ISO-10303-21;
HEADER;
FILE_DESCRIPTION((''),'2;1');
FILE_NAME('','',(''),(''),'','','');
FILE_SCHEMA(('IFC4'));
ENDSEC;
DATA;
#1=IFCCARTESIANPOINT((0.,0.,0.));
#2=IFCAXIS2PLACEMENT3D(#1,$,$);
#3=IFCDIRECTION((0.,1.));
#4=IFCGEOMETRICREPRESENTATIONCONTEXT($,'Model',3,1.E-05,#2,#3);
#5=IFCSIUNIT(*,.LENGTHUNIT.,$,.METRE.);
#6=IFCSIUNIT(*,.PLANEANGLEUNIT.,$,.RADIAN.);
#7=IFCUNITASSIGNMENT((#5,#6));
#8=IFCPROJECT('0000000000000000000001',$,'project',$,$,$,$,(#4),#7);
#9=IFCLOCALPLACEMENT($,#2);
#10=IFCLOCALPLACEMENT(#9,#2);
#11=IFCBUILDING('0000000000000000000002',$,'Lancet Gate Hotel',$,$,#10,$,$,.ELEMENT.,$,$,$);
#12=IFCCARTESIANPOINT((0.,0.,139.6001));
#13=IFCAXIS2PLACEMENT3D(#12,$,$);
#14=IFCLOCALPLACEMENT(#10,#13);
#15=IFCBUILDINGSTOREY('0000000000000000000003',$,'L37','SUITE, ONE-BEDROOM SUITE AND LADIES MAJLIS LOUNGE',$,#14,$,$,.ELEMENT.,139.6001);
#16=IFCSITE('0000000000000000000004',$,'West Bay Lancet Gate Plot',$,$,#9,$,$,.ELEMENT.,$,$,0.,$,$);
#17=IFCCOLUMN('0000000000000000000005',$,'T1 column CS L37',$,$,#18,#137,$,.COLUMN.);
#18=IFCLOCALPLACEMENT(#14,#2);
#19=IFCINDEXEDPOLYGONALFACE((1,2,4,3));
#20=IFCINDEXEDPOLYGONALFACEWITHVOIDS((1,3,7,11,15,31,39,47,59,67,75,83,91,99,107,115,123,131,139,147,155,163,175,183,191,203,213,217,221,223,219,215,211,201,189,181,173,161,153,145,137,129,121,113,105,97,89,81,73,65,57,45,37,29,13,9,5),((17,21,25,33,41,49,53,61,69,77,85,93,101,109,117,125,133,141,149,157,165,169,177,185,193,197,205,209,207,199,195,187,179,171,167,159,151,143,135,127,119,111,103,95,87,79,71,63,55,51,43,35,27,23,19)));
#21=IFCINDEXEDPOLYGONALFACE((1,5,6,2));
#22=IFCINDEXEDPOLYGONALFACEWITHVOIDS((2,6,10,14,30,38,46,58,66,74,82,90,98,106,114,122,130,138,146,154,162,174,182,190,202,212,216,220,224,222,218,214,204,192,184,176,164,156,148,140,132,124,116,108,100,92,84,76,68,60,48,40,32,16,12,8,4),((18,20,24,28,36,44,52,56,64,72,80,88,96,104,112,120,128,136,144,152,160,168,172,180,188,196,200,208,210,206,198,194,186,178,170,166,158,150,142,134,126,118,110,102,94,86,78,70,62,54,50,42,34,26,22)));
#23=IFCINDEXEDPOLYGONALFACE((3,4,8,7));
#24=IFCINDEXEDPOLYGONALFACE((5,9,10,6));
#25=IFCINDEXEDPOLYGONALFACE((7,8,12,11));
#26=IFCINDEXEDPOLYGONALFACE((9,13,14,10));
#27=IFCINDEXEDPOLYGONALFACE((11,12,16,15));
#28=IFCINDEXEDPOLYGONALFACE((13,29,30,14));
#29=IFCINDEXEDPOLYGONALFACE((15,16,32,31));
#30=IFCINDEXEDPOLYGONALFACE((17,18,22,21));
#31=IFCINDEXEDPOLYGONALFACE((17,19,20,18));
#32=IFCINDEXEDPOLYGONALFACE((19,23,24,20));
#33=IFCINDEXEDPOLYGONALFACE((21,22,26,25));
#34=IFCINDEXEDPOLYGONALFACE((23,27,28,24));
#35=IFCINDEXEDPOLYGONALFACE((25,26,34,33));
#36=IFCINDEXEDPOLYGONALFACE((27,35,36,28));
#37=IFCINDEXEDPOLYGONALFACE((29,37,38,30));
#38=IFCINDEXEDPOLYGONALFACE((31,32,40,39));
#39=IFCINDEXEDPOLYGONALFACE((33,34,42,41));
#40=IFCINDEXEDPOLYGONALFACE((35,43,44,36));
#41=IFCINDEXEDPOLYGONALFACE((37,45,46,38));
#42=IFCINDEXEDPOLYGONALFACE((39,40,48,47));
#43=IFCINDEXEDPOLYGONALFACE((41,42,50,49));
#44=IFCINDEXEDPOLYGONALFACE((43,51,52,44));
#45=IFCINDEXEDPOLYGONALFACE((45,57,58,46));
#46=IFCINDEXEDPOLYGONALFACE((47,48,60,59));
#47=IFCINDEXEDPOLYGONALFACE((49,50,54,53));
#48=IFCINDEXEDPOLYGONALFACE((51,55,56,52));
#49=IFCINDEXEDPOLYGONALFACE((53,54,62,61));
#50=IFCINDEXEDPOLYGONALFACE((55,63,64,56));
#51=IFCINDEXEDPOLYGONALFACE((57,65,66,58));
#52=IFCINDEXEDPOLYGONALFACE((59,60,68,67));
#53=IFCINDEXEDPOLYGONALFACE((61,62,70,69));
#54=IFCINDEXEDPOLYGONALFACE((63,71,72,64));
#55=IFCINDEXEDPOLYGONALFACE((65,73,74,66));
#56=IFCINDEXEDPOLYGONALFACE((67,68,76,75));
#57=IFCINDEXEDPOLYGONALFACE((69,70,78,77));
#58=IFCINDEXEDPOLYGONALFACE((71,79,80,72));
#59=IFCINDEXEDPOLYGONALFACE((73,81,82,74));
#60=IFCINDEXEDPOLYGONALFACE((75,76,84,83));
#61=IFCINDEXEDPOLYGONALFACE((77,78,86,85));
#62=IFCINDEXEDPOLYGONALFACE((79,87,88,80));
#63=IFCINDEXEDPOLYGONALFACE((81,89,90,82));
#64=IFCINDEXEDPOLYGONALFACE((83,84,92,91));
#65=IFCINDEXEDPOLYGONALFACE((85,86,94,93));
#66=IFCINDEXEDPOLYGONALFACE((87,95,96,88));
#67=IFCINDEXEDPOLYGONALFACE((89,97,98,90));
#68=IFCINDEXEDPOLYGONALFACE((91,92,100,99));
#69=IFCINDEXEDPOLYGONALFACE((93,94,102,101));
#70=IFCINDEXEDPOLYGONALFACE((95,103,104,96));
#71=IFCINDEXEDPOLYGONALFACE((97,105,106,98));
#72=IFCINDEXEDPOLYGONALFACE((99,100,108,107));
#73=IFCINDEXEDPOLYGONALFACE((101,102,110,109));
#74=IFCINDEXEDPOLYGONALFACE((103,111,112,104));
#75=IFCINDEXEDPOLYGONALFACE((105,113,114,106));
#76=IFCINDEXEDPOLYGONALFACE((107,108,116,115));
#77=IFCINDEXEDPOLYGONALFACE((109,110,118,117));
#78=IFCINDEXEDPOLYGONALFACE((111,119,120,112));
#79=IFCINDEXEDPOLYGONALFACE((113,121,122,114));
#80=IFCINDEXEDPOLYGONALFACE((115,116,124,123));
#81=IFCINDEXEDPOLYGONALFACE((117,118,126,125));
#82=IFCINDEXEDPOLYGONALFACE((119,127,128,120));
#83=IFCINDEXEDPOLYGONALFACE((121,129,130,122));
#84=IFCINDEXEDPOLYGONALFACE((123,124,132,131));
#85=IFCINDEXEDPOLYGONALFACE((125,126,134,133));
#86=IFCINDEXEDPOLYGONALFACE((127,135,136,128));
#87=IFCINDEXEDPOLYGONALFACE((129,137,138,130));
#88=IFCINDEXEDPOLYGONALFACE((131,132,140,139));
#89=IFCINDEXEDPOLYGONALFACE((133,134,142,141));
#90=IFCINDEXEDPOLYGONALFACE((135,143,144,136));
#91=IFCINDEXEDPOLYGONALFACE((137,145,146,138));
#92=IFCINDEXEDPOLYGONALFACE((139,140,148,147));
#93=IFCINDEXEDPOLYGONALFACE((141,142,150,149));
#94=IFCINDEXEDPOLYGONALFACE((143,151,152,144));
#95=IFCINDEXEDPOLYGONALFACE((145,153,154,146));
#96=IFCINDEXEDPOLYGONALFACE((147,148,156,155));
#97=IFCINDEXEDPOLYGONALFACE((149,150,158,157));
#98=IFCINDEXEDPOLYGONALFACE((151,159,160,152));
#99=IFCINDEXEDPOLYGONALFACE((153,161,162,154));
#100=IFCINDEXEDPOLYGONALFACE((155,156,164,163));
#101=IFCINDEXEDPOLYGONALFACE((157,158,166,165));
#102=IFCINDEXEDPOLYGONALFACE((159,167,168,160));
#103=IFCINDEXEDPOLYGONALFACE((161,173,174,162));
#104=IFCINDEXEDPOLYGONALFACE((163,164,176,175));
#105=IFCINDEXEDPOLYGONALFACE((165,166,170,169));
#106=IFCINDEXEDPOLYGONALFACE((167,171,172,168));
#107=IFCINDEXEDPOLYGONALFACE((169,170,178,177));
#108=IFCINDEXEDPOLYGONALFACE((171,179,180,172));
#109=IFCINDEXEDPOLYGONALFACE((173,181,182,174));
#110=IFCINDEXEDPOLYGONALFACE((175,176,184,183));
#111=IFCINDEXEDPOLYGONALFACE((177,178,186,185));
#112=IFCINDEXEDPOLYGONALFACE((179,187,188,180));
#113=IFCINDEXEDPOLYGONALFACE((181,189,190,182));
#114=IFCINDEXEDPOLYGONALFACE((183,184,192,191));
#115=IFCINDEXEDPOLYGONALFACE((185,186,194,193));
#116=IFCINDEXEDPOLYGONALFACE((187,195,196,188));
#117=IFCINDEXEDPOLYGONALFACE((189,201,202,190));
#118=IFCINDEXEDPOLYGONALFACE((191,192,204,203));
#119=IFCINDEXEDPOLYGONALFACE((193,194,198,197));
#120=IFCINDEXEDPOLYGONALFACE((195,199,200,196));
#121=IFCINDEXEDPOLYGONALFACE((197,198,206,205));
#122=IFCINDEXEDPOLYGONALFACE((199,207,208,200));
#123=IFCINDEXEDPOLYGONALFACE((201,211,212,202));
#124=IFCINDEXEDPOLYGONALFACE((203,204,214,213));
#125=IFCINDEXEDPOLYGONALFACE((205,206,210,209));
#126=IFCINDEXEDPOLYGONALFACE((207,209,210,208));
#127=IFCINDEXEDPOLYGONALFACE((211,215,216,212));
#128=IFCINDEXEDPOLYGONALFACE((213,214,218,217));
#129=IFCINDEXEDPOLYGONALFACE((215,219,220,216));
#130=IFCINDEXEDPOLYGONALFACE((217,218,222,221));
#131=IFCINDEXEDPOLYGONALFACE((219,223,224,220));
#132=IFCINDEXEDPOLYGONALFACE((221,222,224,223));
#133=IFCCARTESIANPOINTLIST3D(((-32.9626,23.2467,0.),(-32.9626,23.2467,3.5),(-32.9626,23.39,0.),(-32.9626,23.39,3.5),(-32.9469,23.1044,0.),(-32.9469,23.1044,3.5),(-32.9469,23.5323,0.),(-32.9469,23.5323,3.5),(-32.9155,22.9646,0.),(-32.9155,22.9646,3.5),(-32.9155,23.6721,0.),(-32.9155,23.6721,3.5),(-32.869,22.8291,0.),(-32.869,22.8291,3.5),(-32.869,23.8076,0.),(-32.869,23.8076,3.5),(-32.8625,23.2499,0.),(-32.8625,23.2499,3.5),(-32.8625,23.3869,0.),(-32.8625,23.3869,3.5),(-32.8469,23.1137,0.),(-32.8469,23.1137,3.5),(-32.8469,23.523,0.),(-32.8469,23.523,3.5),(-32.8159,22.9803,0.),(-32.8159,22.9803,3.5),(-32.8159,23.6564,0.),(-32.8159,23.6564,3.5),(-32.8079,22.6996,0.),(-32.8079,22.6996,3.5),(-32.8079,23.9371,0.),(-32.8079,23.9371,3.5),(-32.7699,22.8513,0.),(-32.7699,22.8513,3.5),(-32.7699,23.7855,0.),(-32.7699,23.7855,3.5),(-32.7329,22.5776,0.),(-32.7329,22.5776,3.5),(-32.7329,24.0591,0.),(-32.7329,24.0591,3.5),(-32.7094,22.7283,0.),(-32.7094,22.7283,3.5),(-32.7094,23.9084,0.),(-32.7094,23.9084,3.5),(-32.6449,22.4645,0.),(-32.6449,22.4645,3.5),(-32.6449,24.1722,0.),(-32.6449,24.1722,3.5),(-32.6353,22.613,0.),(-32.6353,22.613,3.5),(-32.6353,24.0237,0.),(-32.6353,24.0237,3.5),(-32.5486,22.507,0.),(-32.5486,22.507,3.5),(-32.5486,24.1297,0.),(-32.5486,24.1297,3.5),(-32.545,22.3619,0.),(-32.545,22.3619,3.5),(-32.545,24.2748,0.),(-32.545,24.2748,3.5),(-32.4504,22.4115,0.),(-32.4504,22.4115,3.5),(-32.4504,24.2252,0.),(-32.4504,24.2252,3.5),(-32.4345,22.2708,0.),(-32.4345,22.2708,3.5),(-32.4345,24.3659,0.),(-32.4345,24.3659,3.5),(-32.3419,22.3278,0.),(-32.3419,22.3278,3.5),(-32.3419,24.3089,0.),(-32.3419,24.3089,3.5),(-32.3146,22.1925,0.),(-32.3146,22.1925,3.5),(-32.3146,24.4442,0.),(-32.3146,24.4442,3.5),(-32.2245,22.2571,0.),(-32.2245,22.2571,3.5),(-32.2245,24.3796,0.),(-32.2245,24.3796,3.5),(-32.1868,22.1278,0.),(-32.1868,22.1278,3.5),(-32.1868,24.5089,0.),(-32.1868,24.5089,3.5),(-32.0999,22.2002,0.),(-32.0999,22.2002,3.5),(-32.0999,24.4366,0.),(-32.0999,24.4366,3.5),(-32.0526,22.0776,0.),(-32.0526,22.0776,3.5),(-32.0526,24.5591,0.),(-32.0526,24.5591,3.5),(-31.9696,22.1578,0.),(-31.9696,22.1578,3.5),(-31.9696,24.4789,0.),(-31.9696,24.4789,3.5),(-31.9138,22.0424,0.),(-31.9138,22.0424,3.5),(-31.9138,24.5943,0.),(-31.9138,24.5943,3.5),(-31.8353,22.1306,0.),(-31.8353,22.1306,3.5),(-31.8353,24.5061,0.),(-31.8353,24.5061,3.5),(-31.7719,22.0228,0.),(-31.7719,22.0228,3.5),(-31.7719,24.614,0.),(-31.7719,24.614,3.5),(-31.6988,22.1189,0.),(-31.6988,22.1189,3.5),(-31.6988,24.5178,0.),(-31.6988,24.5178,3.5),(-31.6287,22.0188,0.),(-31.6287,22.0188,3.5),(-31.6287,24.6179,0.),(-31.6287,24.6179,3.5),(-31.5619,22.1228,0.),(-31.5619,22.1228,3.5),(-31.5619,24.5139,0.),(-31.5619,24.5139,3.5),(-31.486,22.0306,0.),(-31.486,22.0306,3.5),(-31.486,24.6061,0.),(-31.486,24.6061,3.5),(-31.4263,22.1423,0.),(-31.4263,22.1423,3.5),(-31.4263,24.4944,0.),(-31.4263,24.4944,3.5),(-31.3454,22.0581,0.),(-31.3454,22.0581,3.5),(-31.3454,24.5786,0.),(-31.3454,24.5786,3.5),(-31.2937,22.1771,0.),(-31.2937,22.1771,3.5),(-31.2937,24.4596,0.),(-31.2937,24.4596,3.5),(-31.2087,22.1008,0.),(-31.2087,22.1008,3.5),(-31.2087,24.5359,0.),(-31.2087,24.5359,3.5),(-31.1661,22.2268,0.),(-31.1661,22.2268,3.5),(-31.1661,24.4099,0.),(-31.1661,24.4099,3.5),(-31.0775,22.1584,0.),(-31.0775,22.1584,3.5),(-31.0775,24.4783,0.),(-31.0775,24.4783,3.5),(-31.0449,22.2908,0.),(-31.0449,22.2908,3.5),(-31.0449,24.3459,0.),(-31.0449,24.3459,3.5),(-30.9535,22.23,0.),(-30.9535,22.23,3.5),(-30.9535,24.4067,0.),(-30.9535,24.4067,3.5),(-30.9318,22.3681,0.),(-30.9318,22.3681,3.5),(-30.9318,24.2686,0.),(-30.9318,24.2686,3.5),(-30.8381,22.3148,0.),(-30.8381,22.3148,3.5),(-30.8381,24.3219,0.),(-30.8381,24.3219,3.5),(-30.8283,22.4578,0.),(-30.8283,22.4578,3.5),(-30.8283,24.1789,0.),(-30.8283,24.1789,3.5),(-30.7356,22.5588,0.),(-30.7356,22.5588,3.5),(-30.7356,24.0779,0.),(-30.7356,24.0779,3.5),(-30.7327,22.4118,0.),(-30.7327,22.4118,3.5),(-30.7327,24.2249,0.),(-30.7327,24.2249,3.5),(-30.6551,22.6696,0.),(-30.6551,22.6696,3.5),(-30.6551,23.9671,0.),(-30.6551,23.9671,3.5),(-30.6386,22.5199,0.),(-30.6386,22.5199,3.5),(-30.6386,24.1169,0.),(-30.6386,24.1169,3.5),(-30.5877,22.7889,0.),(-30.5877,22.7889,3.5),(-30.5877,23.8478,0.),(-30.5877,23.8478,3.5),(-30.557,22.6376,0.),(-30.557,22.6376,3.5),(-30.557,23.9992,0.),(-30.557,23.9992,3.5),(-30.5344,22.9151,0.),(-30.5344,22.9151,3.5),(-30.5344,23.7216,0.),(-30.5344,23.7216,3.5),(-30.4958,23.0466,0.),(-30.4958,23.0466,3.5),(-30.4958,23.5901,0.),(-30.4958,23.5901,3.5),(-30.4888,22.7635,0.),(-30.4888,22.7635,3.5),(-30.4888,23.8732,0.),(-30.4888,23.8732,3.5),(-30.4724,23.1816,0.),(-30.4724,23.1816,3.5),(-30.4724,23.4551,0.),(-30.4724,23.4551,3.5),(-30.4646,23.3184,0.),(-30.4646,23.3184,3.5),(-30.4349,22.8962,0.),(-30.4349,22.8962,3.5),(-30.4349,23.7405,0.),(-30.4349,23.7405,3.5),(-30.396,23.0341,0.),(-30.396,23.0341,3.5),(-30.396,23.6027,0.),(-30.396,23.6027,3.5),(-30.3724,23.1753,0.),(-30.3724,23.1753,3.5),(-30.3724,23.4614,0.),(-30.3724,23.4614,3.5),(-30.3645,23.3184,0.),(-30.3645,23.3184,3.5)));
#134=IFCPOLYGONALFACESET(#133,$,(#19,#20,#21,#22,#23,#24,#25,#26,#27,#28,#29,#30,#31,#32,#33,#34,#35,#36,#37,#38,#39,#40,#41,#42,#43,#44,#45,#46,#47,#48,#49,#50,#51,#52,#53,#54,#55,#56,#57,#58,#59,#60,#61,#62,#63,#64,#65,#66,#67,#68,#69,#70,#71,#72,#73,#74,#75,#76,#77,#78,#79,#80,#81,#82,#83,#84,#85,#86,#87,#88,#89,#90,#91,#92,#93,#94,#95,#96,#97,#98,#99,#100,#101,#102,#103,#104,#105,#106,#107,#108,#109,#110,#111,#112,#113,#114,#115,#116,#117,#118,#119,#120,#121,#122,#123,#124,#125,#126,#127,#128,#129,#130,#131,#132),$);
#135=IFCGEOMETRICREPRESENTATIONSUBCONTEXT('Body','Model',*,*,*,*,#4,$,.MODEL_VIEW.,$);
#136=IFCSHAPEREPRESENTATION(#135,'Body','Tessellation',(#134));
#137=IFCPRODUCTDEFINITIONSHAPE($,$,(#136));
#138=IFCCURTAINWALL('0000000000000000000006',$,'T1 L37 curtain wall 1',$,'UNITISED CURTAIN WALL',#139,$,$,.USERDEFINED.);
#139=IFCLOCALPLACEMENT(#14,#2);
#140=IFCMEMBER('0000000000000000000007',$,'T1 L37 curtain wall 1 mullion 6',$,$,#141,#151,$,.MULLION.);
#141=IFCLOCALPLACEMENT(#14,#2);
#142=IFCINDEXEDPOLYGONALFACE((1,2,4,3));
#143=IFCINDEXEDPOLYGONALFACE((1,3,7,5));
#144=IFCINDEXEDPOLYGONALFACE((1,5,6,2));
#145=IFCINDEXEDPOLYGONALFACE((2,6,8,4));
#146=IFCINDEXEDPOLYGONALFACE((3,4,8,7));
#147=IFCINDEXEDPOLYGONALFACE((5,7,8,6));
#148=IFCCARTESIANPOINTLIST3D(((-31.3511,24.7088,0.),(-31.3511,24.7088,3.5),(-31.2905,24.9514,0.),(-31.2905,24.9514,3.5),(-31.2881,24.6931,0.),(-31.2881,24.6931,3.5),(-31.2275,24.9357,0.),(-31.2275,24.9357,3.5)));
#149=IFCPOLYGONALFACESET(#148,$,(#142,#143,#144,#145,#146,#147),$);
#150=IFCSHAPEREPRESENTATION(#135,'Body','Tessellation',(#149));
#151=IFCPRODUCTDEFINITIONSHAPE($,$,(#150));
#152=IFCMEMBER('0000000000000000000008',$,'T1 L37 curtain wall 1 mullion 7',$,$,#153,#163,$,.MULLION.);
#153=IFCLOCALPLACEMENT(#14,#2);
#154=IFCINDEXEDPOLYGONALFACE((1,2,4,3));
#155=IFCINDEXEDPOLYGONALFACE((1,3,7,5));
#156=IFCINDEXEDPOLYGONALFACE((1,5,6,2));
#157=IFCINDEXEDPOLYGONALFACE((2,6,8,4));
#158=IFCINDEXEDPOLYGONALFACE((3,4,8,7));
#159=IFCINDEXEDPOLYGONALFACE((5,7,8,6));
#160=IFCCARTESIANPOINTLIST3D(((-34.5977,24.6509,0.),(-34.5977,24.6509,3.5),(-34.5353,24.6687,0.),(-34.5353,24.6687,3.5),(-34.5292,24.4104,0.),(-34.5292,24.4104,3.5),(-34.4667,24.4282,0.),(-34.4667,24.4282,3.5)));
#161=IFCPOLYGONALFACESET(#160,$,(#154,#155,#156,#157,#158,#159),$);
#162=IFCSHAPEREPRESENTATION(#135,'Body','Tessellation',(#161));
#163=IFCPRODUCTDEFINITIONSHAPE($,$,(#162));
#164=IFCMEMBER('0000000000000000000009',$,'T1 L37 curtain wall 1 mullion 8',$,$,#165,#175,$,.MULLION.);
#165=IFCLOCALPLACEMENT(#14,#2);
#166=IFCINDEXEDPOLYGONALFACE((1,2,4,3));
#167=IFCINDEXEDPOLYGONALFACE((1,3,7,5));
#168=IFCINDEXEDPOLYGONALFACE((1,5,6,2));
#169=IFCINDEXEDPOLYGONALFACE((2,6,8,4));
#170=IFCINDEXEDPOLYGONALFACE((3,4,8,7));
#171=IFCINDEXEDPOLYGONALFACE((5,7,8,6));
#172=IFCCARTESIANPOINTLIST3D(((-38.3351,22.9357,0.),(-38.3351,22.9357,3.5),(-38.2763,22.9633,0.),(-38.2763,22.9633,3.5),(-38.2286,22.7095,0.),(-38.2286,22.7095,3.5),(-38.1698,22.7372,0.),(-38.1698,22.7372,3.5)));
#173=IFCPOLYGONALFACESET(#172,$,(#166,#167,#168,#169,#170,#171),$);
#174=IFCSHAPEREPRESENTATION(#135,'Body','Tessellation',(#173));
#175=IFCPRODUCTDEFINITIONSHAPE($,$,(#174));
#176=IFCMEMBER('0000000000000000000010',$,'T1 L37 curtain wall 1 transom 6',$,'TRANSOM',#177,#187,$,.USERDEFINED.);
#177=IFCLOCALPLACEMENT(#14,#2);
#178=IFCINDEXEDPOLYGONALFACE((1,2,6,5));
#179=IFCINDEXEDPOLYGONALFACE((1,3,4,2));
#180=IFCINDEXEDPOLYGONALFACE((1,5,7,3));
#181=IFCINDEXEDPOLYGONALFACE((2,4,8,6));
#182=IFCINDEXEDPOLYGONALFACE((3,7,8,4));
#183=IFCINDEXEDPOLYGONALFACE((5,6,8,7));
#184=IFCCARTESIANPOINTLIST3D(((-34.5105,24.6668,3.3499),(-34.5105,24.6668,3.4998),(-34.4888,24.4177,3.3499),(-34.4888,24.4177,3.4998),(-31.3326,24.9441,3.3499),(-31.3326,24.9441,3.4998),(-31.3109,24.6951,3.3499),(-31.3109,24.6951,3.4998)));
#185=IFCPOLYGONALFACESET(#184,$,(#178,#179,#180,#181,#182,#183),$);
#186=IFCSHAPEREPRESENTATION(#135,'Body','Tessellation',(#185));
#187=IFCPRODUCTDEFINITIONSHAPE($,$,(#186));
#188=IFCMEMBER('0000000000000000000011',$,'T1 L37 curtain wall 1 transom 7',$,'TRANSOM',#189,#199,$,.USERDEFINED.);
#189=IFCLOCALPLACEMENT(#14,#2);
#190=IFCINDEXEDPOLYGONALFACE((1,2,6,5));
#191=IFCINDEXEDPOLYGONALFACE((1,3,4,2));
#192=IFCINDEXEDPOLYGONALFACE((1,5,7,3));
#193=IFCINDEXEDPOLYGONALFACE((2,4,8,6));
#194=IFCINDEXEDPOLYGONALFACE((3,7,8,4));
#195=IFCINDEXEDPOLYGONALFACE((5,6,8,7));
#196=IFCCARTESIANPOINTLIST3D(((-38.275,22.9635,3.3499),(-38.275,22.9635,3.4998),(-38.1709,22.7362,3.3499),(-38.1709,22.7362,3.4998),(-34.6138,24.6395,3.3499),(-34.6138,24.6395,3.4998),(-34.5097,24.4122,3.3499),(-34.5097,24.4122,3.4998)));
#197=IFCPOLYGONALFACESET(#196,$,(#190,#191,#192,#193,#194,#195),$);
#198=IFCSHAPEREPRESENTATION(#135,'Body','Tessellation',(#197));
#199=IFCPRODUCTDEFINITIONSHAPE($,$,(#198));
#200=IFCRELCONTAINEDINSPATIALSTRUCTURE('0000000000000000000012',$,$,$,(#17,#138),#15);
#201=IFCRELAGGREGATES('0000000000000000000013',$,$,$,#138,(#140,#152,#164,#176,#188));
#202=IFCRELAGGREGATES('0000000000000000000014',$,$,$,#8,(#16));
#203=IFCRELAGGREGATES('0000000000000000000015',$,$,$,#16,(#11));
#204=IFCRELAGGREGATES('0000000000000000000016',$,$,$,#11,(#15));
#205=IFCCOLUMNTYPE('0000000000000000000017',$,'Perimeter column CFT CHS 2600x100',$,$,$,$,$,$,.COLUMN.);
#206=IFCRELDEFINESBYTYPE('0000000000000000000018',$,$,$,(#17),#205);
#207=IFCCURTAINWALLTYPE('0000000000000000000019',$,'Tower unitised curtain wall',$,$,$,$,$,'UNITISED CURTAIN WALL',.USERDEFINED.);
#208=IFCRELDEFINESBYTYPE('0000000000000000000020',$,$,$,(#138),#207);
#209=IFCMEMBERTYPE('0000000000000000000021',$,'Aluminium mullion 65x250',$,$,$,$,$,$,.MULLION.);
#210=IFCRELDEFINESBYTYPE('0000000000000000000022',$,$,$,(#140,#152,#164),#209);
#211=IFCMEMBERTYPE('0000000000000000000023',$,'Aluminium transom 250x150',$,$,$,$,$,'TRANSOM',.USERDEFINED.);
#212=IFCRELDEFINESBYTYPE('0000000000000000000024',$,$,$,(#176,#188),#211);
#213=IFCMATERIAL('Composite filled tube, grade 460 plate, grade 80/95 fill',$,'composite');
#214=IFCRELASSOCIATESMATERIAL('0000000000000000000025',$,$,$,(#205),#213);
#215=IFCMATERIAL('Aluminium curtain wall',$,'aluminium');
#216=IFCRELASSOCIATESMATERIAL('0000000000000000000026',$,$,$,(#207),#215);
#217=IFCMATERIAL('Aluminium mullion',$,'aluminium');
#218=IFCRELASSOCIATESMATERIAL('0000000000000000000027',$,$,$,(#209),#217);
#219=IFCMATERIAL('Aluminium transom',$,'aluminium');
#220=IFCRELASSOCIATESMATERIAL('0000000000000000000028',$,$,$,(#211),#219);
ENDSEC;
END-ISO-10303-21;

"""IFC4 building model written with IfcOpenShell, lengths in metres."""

from ifc_helpers import new_model, si_unit, direction, frame, origin, origin_2d, place, context, subcontext, project, spatial, rectangle, hollow_circle, extrude, material, material_profile, profile_set, type_object, element, aggregate, save


model = new_model("IFC4")

# Units and contexts
model_context = context("Model", 3, precision=1e-05, world=origin(), true_north=direction((0.0, 1.0)))
body_context = subcontext(model_context, "Body", "Model", "MODEL_VIEW")
ifc_project = project(units=[si_unit("LENGTHUNIT", "METRE"), si_unit("PLANEANGLEUNIT", "RADIAN")], contexts=[model_context])

# Site, building, storey
site_placement = place(None, origin())
site = spatial("IfcSite", under=ifc_project, at=site_placement, Name="West Bay Lancet Gate Plot", CompositionType="ELEMENT", RefElevation=0.0)
building_placement = place(site_placement, origin())
building = spatial("IfcBuilding", under=site, at=building_placement, Name="Lancet Gate Hotel", CompositionType="ELEMENT")
storey_placement = place(building_placement, frame((0.0, 0.0, 139.6001)))
storey = spatial("IfcBuildingStorey", under=building, at=storey_placement, Name="L37", Description="SUITE, ONE-BEDROOM SUITE AND LADIES MAJLIS LOUNGE", CompositionType="ELEMENT", Elevation=139.6001)

# Column
ifc_material_1 = material(Name="Composite filled tube, grade 460 plate, grade 80/95 fill", Category="composite")
ifc_material_profile_1 = material_profile(ifc_material_1, hollow_circle(Radius=1.3, WallThickness=0.1001, at=origin_2d()), Name="CHS 2600x100")
ifc_profile_set_1 = profile_set([ifc_material_profile_1], Name="Composite filled tube, grade 460 plate, grade 80/95 fill")
column_type = type_object("IfcColumnType", Name="Perimeter column CFT CHS 2600x100", PredefinedType="COLUMN", material=ifc_profile_set_1)
column_placement = place(storey_placement, frame((-31.6646, 23.3184, 0.0), z_axis=(0.0, 0.0, 1.0), x_axis=(1.0, 0.0, 0.0)))
element("IfcColumn", 1, at=column_placement, inside=storey, type_object=column_type, Name="T1 column CS L37", PredefinedType="COLUMN", context=body_context, shape_type="SweptSolid", body=[
    extrude(hollow_circle(Radius=1.3, WallThickness=0.1001, at=origin_2d()), origin(), (0.0, 0.0, 1.0), 3.5),
])

# Curtain wall, members
ifc_material_2 = material(Name="Aluminium curtain wall", Category="aluminium")
curtain_wall_type = type_object("IfcCurtainWallType", Name="Tower unitised curtain wall", ElementType="UNITISED CURTAIN WALL", PredefinedType="USERDEFINED", material=ifc_material_2)
curtain_wall_placement = place(storey_placement, origin())
curtain_wall = element("IfcCurtainWall", 2, at=curtain_wall_placement, inside=storey, type_object=curtain_wall_type, Name="T1 L37 curtain wall 1", ObjectType="UNITISED CURTAIN WALL", PredefinedType="USERDEFINED")
ifc_material_3 = material(Name="Aluminium mullion", Category="aluminium")
ifc_material_profile_2 = material_profile(ifc_material_3, rectangle(XDim=0.0649, YDim=0.25, at=origin_2d()), Name="MULLION 65x250")
ifc_profile_set_2 = profile_set([ifc_material_profile_2], Name="Aluminium mullion")
member_type_1 = type_object("IfcMemberType", Name="Aluminium mullion 65x250", PredefinedType="MULLION", material=ifc_profile_set_2)
member_1_placement = place(storey_placement, frame((-31.2893, 24.8223, 0.0), z_axis=(0.0, 0.0, 1.0), x_axis=(-0.970242, 0.242137, 0.0)))
member_1 = element("IfcMember", 3, at=member_1_placement, type_object=member_type_1, Name="T1 L37 curtain wall 1 mullion 6", PredefinedType="MULLION", context=body_context, shape_type="SweptSolid", body=[
    extrude(rectangle(XDim=0.0649, YDim=0.25, at=origin_2d()), origin(), (0.0, 0.0, 1.0), 3.5),
])
member_2_placement = place(storey_placement, frame((-34.5322, 24.5396, 0.0), z_axis=(0.0, 0.0, 1.0), x_axis=(-0.961653, -0.274268, 0.0)))
member_2 = element("IfcMember", 4, at=member_2_placement, type_object=member_type_1, Name="T1 L37 curtain wall 1 mullion 7", PredefinedType="MULLION", context=body_context, shape_type="SweptSolid", body=[
    extrude(rectangle(XDim=0.0649, YDim=0.25, at=origin_2d()), origin(), (0.0, 0.0, 1.0), 3.5),
])
member_3_placement = place(storey_placement, frame((-38.2524, 22.8364, 0.0), z_axis=(0.0, 0.0, 1.0), x_axis=(-0.90472, -0.426008, 0.0)))
member_3 = element("IfcMember", 5, at=member_3_placement, type_object=member_type_1, Name="T1 L37 curtain wall 1 mullion 8", PredefinedType="MULLION", context=body_context, shape_type="SweptSolid", body=[
    extrude(rectangle(XDim=0.0649, YDim=0.25, at=origin_2d()), origin(), (0.0, 0.0, 1.0), 3.5),
])
ifc_material_4 = material(Name="Aluminium transom", Category="aluminium")
ifc_material_profile_3 = material_profile(ifc_material_4, rectangle(XDim=0.25, YDim=0.1499, at=origin_2d()), Name="TRANSOM 250x150")
ifc_profile_set_3 = profile_set([ifc_material_profile_3], Name="Aluminium transom")
member_type_2 = type_object("IfcMemberType", Name="Aluminium transom 250x150", ElementType="TRANSOM", PredefinedType="USERDEFINED", material=ifc_profile_set_3)
member_4_placement = place(storey_placement, frame((-31.3218, 24.8196, 3.4248), z_axis=(-0.996214, -0.08694, 0.0), x_axis=(0.08694, -0.996214, 0.0)))
member_4 = element("IfcMember", 6, at=member_4_placement, type_object=member_type_2, Name="T1 L37 curtain wall 1 transom 6", ObjectType="TRANSOM", PredefinedType="USERDEFINED", context=body_context, shape_type="SweptSolid", body=[
    extrude(rectangle(XDim=0.25, YDim=0.1499, at=origin_2d()), origin(), (0.0, 0.0, 1.0), 3.1899),
])
member_5_placement = place(storey_placement, frame((-34.5618, 24.5259, 3.4248), z_axis=(-0.909252, -0.416245, 0.0), x_axis=(0.416245, -0.909252, 0.0)))
member_5 = element("IfcMember", 7, at=member_5_placement, type_object=member_type_2, Name="T1 L37 curtain wall 1 transom 7", ObjectType="TRANSOM", PredefinedType="USERDEFINED", context=body_context, shape_type="SweptSolid", body=[
    extrude(rectangle(XDim=0.25, YDim=0.1499, at=origin_2d()), origin(), (0.0, 0.0, 1.0), 4.0266),
])

aggregate(curtain_wall, [member_1, member_2, member_3, member_4, member_5])

save(model, "model.ifc")
